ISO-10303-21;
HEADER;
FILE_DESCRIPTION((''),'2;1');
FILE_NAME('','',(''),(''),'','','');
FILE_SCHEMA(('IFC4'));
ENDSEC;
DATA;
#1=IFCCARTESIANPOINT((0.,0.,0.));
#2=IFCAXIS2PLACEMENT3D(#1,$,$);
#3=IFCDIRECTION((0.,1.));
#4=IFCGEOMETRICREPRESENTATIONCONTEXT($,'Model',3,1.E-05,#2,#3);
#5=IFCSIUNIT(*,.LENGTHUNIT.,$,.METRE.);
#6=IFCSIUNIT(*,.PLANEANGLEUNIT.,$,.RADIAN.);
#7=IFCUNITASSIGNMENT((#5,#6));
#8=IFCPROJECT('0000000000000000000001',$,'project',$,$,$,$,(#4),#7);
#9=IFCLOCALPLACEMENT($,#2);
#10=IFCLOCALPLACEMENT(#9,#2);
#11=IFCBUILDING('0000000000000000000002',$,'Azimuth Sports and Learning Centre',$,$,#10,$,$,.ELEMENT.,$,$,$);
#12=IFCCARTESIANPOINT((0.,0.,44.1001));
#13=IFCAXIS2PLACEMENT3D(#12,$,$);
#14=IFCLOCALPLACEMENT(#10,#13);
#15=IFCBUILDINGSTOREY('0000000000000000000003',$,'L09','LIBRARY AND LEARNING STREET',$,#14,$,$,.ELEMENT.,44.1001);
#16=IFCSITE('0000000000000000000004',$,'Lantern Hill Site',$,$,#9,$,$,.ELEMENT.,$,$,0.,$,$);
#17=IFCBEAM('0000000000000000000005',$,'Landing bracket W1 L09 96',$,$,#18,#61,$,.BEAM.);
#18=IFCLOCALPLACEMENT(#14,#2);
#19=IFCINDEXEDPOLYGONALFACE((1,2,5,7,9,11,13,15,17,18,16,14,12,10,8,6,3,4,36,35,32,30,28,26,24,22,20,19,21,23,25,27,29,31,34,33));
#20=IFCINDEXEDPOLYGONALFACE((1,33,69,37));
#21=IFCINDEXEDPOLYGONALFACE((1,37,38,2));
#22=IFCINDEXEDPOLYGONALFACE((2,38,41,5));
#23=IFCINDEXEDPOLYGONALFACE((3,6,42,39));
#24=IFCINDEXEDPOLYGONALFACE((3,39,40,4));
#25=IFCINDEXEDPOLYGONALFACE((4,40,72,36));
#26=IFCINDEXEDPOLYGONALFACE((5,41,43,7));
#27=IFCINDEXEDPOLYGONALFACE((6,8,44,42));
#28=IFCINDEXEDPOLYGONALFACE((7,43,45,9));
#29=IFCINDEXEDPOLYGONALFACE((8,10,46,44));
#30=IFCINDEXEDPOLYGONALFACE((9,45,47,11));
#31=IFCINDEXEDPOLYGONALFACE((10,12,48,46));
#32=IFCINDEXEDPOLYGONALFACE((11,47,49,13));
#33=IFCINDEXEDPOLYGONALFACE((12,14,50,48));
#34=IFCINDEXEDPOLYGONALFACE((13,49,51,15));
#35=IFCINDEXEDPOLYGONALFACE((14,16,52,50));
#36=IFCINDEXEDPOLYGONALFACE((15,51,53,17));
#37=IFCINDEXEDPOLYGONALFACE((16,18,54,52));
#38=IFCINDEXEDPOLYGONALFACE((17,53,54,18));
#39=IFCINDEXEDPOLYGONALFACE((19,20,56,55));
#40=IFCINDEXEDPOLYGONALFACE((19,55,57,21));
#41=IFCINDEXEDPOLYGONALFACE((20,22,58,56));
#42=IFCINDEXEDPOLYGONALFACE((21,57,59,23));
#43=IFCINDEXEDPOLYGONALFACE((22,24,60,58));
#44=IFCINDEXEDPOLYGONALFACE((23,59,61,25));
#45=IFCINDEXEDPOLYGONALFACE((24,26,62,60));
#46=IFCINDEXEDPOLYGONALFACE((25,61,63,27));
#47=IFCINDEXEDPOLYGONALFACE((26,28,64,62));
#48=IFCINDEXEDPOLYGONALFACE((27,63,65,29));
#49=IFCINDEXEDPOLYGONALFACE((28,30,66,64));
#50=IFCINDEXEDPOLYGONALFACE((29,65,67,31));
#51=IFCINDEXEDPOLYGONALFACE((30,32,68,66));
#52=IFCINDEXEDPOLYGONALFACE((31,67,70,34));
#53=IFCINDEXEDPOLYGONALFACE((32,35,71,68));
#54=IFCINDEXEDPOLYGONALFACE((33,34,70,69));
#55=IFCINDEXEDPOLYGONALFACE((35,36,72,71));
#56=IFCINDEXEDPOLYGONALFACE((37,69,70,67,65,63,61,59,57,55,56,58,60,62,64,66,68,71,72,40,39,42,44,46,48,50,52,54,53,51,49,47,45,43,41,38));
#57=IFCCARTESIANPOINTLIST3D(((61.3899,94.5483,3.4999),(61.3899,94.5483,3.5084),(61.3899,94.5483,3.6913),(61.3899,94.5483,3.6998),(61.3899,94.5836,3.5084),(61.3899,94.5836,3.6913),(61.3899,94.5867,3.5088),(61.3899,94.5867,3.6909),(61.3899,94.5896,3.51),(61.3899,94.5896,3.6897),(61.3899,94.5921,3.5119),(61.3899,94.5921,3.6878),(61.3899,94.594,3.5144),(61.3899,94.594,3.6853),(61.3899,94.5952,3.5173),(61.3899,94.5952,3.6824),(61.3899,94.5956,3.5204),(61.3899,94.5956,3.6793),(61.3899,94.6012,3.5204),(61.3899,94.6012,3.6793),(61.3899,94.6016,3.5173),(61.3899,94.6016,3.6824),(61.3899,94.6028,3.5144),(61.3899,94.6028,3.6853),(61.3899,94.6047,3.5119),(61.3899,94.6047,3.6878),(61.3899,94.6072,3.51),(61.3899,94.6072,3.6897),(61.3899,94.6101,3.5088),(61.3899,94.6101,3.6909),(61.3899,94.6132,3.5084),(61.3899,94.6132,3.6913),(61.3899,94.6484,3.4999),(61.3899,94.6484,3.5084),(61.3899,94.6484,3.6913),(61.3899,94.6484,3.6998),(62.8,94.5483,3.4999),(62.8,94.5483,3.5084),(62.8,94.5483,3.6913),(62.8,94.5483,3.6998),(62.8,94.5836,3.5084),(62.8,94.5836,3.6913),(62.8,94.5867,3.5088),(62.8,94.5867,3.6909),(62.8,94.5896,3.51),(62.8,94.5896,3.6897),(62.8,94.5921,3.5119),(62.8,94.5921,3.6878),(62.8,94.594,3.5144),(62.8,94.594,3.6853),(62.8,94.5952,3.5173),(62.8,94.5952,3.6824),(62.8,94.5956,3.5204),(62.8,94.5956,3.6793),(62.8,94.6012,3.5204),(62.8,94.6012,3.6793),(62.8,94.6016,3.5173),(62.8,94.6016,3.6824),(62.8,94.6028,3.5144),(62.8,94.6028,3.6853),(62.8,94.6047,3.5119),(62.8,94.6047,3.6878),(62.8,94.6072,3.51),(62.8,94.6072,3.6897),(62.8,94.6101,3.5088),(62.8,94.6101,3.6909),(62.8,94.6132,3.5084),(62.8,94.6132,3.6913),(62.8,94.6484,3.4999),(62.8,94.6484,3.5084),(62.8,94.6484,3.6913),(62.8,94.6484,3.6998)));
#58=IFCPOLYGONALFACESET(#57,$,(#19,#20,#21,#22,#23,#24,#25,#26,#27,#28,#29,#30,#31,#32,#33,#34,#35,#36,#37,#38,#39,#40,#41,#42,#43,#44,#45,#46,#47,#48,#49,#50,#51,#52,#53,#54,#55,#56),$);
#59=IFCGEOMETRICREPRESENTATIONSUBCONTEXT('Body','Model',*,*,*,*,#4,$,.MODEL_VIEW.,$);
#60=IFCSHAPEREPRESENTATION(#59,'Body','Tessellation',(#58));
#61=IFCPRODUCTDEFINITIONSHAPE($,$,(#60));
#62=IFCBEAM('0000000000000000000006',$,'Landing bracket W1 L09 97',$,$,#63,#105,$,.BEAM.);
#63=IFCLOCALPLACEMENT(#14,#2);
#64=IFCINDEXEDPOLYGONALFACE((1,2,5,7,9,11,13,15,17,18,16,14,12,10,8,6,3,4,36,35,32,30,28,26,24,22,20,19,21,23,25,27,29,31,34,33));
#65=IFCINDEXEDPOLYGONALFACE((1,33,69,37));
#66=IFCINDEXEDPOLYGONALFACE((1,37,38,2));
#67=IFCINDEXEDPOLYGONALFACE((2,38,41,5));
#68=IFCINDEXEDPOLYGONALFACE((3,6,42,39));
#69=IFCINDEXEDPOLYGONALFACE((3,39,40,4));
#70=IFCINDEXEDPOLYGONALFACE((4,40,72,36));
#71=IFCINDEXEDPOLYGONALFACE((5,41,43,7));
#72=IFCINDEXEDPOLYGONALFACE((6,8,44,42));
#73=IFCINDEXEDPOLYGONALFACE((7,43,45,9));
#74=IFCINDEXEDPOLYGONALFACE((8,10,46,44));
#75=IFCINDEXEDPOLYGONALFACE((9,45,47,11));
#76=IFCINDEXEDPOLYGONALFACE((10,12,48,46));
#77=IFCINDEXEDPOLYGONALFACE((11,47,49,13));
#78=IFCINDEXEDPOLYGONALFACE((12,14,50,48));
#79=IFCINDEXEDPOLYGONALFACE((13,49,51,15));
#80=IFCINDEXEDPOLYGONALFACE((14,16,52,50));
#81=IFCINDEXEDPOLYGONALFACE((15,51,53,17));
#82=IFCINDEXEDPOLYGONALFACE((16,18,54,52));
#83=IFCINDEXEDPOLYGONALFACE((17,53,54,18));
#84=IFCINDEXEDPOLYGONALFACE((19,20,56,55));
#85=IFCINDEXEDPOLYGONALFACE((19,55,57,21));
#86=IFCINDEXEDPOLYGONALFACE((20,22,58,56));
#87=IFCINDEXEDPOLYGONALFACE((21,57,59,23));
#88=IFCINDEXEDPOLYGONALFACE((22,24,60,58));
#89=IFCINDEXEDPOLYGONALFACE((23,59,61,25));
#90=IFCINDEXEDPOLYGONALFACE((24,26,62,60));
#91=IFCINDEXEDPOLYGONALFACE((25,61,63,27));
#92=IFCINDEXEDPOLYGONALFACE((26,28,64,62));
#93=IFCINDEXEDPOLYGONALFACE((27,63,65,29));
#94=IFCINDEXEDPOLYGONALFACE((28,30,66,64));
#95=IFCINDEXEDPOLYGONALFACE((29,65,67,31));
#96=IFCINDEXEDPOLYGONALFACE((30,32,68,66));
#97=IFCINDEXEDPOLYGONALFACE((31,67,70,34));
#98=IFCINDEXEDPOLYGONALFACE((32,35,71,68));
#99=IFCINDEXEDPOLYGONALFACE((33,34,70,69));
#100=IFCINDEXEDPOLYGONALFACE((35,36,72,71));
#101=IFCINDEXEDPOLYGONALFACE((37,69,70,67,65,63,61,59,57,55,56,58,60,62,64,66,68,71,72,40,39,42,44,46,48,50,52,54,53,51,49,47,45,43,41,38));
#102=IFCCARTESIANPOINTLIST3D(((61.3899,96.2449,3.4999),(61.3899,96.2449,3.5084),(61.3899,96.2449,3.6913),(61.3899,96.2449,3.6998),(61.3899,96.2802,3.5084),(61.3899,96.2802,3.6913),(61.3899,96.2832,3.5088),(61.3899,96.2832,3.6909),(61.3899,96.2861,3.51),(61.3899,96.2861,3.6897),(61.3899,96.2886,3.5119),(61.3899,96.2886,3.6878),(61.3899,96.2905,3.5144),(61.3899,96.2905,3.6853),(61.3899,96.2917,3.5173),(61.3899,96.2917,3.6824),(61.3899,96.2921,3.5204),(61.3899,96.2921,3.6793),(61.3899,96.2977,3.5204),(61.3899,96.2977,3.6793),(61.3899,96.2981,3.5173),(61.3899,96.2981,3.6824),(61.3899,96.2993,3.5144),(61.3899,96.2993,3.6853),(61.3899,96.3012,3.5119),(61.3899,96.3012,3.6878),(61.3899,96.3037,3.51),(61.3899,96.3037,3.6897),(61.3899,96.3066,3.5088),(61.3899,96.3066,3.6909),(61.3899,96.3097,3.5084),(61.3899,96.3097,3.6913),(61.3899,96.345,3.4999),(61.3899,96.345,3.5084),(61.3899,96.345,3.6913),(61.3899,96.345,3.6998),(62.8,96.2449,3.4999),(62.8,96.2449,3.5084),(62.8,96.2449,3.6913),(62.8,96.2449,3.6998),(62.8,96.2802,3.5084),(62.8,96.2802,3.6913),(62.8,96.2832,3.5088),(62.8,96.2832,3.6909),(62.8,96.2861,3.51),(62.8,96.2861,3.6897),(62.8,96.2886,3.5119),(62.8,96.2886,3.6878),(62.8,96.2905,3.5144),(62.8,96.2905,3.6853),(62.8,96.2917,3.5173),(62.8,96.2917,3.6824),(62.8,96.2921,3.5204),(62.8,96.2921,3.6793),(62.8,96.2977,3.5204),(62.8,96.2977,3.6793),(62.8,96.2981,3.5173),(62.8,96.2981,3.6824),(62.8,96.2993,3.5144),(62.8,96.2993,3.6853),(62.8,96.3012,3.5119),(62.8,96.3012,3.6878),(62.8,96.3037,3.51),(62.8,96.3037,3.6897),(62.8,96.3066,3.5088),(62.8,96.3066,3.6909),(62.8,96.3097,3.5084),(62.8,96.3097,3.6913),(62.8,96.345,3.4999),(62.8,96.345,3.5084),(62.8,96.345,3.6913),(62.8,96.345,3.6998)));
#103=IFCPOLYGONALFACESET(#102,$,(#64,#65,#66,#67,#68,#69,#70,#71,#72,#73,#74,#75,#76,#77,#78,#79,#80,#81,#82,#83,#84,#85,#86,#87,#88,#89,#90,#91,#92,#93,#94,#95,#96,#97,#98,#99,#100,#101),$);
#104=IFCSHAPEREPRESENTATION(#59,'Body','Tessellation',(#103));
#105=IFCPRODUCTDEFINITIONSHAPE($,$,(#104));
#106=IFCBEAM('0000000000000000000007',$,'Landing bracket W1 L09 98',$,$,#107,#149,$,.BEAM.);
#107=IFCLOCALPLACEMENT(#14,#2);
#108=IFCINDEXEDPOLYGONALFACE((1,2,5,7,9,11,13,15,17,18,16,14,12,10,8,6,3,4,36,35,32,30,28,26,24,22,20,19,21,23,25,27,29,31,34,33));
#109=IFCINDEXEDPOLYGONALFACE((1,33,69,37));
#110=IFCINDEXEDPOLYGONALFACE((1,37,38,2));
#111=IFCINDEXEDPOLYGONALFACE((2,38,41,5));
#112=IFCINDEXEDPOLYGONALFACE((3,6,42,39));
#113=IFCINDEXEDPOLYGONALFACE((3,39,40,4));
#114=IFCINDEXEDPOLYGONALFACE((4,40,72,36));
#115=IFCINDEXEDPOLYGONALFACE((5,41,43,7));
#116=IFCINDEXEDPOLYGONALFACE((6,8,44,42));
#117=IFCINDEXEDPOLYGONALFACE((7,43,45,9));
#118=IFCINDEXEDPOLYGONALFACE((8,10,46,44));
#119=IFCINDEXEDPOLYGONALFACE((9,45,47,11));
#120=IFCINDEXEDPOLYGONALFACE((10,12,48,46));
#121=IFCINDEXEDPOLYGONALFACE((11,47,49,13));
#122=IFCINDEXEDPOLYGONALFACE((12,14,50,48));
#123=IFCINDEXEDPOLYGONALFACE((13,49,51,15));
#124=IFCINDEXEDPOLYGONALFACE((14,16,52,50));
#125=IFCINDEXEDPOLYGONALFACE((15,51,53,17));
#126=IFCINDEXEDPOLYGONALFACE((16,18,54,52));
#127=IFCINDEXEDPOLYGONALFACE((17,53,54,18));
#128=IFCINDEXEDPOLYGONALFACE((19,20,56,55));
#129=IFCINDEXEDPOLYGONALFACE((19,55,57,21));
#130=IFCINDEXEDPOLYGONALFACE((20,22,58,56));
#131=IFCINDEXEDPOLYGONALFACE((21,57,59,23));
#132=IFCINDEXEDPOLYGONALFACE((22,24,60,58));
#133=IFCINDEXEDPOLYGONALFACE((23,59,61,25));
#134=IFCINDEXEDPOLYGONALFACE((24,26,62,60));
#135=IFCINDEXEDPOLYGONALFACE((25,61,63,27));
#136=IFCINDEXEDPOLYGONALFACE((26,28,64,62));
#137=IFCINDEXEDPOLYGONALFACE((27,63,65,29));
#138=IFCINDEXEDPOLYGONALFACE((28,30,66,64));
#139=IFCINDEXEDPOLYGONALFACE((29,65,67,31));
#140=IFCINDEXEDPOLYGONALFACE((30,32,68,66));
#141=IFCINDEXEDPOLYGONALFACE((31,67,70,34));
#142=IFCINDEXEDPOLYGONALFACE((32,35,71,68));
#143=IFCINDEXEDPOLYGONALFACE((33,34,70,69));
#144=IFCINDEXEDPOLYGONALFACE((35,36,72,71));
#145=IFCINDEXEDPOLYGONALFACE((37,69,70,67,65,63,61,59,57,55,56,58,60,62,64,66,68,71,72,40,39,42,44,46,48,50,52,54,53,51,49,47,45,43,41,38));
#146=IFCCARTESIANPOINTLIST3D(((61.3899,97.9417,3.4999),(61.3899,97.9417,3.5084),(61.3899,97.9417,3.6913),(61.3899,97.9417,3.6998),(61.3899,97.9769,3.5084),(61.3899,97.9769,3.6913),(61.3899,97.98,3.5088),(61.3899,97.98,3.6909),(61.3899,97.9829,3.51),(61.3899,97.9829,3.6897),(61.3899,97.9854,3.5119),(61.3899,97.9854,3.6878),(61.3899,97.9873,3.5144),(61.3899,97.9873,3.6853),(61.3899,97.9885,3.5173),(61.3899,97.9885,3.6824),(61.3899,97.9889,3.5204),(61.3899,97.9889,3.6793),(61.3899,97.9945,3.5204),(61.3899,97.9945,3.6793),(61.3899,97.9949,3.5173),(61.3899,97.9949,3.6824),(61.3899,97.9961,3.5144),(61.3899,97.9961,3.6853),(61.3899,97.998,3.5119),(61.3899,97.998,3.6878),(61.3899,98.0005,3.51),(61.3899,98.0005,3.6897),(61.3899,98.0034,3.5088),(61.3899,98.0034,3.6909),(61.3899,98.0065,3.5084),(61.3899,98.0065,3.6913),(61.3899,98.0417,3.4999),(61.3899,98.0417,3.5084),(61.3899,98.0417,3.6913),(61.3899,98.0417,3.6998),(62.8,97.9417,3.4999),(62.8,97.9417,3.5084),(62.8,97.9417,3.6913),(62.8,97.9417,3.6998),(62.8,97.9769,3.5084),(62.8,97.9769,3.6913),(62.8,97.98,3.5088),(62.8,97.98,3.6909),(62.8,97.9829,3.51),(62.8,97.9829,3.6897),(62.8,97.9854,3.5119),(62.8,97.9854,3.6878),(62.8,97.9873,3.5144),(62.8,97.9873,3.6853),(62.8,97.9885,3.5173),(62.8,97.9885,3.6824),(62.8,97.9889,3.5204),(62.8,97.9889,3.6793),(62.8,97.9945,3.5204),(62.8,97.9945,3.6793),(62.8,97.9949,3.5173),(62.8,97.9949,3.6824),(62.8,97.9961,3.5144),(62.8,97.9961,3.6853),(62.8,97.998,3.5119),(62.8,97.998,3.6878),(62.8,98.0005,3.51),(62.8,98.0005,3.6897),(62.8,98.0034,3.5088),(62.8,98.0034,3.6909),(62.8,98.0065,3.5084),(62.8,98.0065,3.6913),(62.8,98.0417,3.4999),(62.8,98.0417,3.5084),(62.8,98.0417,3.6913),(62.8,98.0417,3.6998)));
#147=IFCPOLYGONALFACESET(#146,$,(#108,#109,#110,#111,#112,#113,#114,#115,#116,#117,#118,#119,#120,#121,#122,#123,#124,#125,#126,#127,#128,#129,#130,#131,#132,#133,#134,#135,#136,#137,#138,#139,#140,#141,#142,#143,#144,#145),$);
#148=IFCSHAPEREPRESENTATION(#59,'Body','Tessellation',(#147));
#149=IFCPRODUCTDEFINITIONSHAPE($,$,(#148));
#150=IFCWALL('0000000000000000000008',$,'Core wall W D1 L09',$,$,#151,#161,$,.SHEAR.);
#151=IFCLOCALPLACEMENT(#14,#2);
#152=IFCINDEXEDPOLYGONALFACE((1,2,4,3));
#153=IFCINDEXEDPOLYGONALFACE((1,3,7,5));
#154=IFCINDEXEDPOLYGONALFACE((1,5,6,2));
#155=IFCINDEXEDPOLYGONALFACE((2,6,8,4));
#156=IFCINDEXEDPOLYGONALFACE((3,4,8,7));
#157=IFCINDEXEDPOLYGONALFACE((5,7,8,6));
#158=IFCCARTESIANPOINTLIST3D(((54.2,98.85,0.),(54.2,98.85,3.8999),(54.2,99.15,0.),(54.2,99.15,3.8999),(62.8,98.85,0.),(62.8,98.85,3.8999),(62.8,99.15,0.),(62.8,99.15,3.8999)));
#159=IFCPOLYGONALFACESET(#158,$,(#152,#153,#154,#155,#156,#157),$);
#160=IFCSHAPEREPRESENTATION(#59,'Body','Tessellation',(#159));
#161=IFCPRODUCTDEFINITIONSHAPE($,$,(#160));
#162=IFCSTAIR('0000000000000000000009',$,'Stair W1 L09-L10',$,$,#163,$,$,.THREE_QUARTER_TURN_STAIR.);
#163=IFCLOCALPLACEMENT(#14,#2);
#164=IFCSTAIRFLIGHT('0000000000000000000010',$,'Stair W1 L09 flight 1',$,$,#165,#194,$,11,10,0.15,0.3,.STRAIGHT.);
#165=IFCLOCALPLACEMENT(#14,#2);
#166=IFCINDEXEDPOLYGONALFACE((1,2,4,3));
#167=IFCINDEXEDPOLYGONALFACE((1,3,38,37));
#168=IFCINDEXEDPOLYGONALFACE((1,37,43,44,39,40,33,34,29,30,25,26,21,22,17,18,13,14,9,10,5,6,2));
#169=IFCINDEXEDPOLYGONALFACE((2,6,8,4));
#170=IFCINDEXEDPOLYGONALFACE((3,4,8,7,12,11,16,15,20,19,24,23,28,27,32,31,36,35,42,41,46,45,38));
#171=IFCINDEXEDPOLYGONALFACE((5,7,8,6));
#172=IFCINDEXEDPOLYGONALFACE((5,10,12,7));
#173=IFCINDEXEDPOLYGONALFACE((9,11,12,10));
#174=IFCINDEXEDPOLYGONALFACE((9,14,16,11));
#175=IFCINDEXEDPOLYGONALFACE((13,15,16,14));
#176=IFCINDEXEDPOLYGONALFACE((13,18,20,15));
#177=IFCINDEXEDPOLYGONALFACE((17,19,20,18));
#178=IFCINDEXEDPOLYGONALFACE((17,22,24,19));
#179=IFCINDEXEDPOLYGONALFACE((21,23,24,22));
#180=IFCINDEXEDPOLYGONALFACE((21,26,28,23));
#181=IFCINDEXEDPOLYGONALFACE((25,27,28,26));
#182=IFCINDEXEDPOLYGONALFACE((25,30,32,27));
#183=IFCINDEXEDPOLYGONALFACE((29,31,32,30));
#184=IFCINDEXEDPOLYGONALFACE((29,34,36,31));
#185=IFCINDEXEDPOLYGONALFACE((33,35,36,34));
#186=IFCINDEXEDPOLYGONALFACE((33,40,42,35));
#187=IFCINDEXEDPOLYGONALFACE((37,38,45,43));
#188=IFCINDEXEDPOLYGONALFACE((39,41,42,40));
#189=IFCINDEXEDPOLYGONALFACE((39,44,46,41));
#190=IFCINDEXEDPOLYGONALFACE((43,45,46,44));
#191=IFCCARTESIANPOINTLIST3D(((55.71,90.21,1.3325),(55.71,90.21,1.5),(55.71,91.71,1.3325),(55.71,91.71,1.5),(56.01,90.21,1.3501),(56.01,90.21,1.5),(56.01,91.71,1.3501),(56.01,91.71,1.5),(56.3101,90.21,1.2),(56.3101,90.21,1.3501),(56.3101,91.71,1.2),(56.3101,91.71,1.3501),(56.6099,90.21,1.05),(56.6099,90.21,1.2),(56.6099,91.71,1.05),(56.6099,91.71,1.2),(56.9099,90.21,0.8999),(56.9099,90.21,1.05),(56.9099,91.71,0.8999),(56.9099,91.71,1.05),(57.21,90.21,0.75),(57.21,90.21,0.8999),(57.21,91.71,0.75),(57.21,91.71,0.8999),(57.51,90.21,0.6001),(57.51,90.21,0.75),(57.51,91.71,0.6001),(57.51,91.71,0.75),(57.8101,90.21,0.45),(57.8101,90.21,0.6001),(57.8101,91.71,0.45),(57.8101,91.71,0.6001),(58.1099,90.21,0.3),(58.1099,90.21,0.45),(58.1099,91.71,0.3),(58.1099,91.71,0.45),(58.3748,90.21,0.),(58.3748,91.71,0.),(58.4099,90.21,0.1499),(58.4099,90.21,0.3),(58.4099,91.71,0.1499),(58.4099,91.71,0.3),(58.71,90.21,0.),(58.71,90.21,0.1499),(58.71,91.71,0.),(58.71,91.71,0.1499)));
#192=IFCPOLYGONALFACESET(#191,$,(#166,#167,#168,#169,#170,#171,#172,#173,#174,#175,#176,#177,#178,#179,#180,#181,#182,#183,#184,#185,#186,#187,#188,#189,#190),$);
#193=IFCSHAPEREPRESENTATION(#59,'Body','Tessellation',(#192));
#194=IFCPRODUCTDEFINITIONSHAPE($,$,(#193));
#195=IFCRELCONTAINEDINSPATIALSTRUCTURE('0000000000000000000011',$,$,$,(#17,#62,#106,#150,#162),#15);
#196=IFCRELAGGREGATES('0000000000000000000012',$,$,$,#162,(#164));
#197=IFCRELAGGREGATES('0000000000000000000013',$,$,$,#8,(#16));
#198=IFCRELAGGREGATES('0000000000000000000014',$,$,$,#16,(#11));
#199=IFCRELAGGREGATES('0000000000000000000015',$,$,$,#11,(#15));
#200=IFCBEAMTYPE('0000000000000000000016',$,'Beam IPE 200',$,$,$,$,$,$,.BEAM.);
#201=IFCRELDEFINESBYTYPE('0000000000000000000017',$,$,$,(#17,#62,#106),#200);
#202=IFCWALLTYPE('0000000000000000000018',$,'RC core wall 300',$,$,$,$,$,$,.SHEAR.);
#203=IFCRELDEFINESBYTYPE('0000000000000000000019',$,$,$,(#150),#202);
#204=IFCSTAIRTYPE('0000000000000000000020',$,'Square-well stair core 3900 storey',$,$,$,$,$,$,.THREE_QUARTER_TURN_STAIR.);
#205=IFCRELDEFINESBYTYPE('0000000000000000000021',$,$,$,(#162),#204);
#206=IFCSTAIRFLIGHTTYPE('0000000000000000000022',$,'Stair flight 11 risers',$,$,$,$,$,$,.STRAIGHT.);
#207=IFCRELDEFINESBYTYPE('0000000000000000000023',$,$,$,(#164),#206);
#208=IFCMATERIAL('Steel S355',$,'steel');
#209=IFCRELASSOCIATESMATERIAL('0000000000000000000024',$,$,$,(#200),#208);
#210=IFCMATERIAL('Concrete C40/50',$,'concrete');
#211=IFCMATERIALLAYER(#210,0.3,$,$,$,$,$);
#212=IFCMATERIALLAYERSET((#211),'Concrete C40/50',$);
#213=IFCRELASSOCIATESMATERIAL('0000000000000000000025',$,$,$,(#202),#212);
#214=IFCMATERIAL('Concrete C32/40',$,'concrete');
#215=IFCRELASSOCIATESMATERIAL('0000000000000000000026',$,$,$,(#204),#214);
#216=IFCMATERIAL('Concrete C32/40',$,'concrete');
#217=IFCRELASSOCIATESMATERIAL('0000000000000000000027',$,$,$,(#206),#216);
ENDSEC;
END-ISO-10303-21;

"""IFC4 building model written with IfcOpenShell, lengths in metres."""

from ifc_helpers import new_model, si_unit, direction, frame, frame_2d, origin, origin_2d, place, context, subcontext, project, spatial, polyline, rectangle, i_section, outline, extrude, material, layer, layer_set, material_profile, profile_set, type_object, element, aggregate, save


model = new_model("IFC4")

# Units and contexts
model_context = context("Model", 3, precision=1e-05, world=origin(), true_north=direction((0.0, 1.0)))
body_context = subcontext(model_context, "Body", "Model", "MODEL_VIEW")
ifc_project = project(units=[si_unit("LENGTHUNIT", "METRE"), si_unit("PLANEANGLEUNIT", "RADIAN")], contexts=[model_context])

# Site, building, storey
site_placement = place(None, origin())
site = spatial("IfcSite", under=ifc_project, at=site_placement, Name="Lantern Hill Site", CompositionType="ELEMENT", RefElevation=0.0)
building_placement = place(site_placement, origin())
building = spatial("IfcBuilding", under=site, at=building_placement, Name="Azimuth Sports and Learning Centre", CompositionType="ELEMENT")
storey_placement = place(building_placement, frame((0.0, 0.0, 44.1001)))
storey = spatial("IfcBuildingStorey", under=building, at=storey_placement, Name="L09", Description="LIBRARY AND LEARNING STREET", CompositionType="ELEMENT", Elevation=44.1001)

# Beams
ifc_material_1 = material(Name="Steel S355", Category="steel")
ifc_material_profile = material_profile(ifc_material_1, i_section(OverallWidth=0.1001, OverallDepth=0.2, WebThickness=0.0056, FlangeThickness=0.0085, FilletRadius=0.012, at=origin_2d()), Name="IPE 200")
ifc_profile_set = profile_set([ifc_material_profile], Name="Steel S355")
beam_type = type_object("IfcBeamType", Name="Beam IPE 200", PredefinedType="BEAM", material=ifc_profile_set)
for number, where, z_axis, x_axis, name in (
    (1, (62.8, 94.5984, 3.5999), (-1.0, 0.0, 0.0), (0.0, -1.0, 0.0), "Landing bracket W1 L09 96"),
    (2, (62.8, 96.2949, 3.5999), (-1.0, 0.0, 0.0), (0.0, -1.0, 0.0), "Landing bracket W1 L09 97"),
    (3, (62.8, 97.9917, 3.5999), (-1.0, 0.0, 0.0), (0.0, -1.0, 0.0), "Landing bracket W1 L09 98"),
):
    element("IfcBeam", number, at=place(storey_placement, frame(where, z_axis=z_axis, x_axis=x_axis)), inside=storey, type_object=beam_type, Name=name, PredefinedType="BEAM", context=body_context, shape_type="SweptSolid", body=[
        extrude(i_section(OverallWidth=0.1001, OverallDepth=0.2, WebThickness=0.0056, FlangeThickness=0.0085, FilletRadius=0.012, at=origin_2d()), origin(), (0.0, 0.0, 1.0), 1.4102),
    ])

# Wall
ifc_material_2 = material(Name="Concrete C40/50", Category="concrete")
ifc_layer_1 = layer(ifc_material_2, 0.3)
ifc_layer_set_1 = layer_set([ifc_layer_1], Name="Concrete C40/50")
wall_type = type_object("IfcWallType", Name="RC core wall 300", PredefinedType="SHEAR", material=ifc_layer_set_1)
wall_placement = place(storey_placement, frame((54.2, 99.0, 0.0), z_axis=(0.0, 0.0, 1.0), x_axis=(1.0, 0.0, 0.0)))
element("IfcWall", 4, at=wall_placement, inside=storey, type_object=wall_type, Name="Core wall W D1 L09", PredefinedType="SHEAR", context=body_context, shape_type="SweptSolid", body=[
    extrude(rectangle(XDim=8.6001, YDim=0.3, at=frame_2d((4.3, 0.0))), origin(), (0.0, 0.0, 1.0), 3.8999),
])

# Stair, stair flight
ifc_material_3 = material(Name="Concrete C32/40", Category="concrete")
stair_type = type_object("IfcStairType", Name="Square-well stair core 3900 storey", PredefinedType="THREE_QUARTER_TURN_STAIR", material=ifc_material_3)
stair_placement = place(storey_placement, origin())
stair = element("IfcStair", 5, at=stair_placement, inside=storey, type_object=stair_type, Name="Stair W1 L09-L10", PredefinedType="THREE_QUARTER_TURN_STAIR")
ifc_material_4 = material(Name="Concrete C32/40", Category="concrete")
stair_flight_type_1 = type_object("IfcStairFlightType", Name="Stair flight 11 risers", PredefinedType="STRAIGHT", material=ifc_material_4)
stair_flight_1_placement = place(storey_placement, frame((58.71, 90.96, 0.0), z_axis=(0.0, 0.0, 1.0), x_axis=(-1.0, 0.0, 0.0)))
stair_flight_1 = element("IfcStairFlight", 6, at=stair_flight_1_placement, type_object=stair_flight_type_1, Name="Stair W1 L09 flight 1", NumberOfRisers=11, NumberOfTreads=10, PredefinedType="STRAIGHT", RiserHeight=0.15, TreadLength=0.3, context=body_context, shape_type="SweptSolid", body=[
    extrude(outline(polyline([(0.0, 0.0), (0.0, 0.1499), (0.3, 0.1499), (0.3, 0.3), (0.6001, 0.3), (0.6001, 0.45), (0.8999, 0.45), (0.8999, 0.6001), (1.2, 0.6001), (1.2, 0.75), (1.5, 0.75), (1.5, 0.8999), (1.8, 0.8999), (1.8, 1.05), (2.1001, 1.05), (2.1001, 1.2), (2.3999, 1.2), (2.3999, 1.3501), (2.7, 1.3501), (2.7, 1.5), (3.0, 1.5), (3.0, 1.6499), (3.0, 1.3325), (0.3352, 0.0), (0.0, 0.0)])), frame((0.0, 0.75, 0.0), z_axis=(0.0, -1.0, 0.0), x_axis=(1.0, 0.0, 0.0)), (0.0, 0.0, 1.0), 1.5),
])
aggregate(stair, [stair_flight_1])

save(model, "model.ifc")
